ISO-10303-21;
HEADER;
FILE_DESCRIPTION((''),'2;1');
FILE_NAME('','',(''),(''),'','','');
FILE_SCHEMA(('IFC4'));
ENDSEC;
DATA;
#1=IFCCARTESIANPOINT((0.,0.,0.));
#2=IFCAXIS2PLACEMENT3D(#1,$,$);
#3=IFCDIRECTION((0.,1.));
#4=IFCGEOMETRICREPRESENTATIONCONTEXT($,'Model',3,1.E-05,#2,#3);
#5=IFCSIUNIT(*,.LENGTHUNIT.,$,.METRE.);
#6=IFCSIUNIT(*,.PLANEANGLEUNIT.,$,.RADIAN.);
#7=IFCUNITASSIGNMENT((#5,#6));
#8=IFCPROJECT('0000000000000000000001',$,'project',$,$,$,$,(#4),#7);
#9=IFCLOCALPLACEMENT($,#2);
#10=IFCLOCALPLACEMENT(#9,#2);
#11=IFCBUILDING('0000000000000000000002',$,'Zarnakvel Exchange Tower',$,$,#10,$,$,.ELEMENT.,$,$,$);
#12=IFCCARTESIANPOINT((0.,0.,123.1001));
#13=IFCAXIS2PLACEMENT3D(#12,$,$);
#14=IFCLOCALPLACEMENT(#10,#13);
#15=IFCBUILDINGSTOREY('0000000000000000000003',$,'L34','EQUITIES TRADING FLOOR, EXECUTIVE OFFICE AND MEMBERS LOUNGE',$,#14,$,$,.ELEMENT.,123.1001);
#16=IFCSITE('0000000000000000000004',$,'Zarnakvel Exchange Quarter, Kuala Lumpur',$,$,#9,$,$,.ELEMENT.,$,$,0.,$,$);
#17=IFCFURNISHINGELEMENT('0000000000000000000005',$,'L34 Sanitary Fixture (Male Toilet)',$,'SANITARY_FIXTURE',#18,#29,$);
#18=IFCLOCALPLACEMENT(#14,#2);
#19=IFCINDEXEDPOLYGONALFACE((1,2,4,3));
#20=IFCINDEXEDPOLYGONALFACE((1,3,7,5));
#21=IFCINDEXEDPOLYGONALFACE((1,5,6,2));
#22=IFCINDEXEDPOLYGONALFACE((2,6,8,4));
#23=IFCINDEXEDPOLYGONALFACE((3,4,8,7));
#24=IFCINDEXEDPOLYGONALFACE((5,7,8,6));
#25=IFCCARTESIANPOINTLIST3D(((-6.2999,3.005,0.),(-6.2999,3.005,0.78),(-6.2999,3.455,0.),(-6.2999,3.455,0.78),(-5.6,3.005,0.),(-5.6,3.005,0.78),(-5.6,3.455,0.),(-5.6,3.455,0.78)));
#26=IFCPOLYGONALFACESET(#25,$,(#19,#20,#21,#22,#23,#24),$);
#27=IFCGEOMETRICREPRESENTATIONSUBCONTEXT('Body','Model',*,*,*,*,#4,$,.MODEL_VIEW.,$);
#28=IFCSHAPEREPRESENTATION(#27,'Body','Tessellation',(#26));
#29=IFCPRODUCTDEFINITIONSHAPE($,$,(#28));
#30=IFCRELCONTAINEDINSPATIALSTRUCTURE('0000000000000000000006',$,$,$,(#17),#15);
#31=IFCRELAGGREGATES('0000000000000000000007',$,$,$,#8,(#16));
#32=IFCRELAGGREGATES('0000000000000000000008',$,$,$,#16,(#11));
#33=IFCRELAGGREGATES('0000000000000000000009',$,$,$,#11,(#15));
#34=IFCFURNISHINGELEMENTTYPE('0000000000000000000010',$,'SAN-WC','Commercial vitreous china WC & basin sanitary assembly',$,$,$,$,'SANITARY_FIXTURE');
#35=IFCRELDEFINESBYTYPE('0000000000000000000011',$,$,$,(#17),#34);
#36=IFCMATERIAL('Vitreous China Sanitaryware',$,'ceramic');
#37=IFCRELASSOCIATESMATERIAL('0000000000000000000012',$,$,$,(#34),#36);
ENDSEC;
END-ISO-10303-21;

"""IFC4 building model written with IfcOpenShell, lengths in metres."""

from ifc_helpers import new_model, si_unit, direction, frame, origin, origin_2d, place, context, subcontext, project, spatial, rectangle, extrude, source, transform, mapped, material, type_object, element, save


model = new_model("IFC4")

# Units and contexts
model_context = context("Model", 3, precision=1e-05, world=origin(), true_north=direction((0.0, 1.0)))
body_context = subcontext(model_context, "Body", "Model", "MODEL_VIEW")
ifc_project = project(units=[si_unit("LENGTHUNIT", "METRE"), si_unit("PLANEANGLEUNIT", "RADIAN")], contexts=[model_context])

# Site, building, storey
site_placement = place(None, origin())
site = spatial("IfcSite", under=ifc_project, at=site_placement, Name="Zarnakvel Exchange Quarter, Kuala Lumpur", CompositionType="ELEMENT", RefElevation=0.0)
building_placement = place(site_placement, origin())
building = spatial("IfcBuilding", under=site, at=building_placement, Name="Zarnakvel Exchange Tower", CompositionType="ELEMENT")
storey_placement = place(building_placement, frame((0.0, 0.0, 123.1001)))
storey = spatial("IfcBuildingStorey", under=building, at=storey_placement, Name="L34", Description="EQUITIES TRADING FLOOR, EXECUTIVE OFFICE AND MEMBERS LOUNGE", CompositionType="ELEMENT", Elevation=123.1001)

# Furnishing element
ifc_material_1 = material(Name="Vitreous China Sanitaryware", Category="ceramic")
furnishing_element_type = type_object("IfcFurnishingElementType", Name="SAN-WC", Description="Commercial vitreous china WC & basin sanitary assembly", ElementType="SANITARY_FIXTURE", material=ifc_material_1)
shared_shape_1 = source(origin(), body_context, "Body", "SweptSolid", [
    extrude(rectangle(XDim=0.7, YDim=0.45, at=origin_2d()), origin(), (0.0, 0.0, 1.0), 0.78),
])
furnishing_placement = place(storey_placement, frame((-5.95, 3.23, 0.0), z_axis=(0.0, 0.0, 1.0), x_axis=(1.0, 0.0, 0.0)))
element("IfcFurnishingElement", 1, at=furnishing_placement, inside=storey, type_object=furnishing_element_type, Name="L34 Sanitary Fixture (Male Toilet)", ObjectType="SANITARY_FIXTURE", context=body_context, shape_type="MappedRepresentation", body=[
    mapped(shared_shape_1, transform((0.0, 0.0, 0.0), x_axis=(1.0, 0.0, 0.0), y_axis=(0.0, 1.0, 0.0), z_axis=(0.0, 0.0, 1.0), scale=1.0)),
])

save(model, "model.ifc")
